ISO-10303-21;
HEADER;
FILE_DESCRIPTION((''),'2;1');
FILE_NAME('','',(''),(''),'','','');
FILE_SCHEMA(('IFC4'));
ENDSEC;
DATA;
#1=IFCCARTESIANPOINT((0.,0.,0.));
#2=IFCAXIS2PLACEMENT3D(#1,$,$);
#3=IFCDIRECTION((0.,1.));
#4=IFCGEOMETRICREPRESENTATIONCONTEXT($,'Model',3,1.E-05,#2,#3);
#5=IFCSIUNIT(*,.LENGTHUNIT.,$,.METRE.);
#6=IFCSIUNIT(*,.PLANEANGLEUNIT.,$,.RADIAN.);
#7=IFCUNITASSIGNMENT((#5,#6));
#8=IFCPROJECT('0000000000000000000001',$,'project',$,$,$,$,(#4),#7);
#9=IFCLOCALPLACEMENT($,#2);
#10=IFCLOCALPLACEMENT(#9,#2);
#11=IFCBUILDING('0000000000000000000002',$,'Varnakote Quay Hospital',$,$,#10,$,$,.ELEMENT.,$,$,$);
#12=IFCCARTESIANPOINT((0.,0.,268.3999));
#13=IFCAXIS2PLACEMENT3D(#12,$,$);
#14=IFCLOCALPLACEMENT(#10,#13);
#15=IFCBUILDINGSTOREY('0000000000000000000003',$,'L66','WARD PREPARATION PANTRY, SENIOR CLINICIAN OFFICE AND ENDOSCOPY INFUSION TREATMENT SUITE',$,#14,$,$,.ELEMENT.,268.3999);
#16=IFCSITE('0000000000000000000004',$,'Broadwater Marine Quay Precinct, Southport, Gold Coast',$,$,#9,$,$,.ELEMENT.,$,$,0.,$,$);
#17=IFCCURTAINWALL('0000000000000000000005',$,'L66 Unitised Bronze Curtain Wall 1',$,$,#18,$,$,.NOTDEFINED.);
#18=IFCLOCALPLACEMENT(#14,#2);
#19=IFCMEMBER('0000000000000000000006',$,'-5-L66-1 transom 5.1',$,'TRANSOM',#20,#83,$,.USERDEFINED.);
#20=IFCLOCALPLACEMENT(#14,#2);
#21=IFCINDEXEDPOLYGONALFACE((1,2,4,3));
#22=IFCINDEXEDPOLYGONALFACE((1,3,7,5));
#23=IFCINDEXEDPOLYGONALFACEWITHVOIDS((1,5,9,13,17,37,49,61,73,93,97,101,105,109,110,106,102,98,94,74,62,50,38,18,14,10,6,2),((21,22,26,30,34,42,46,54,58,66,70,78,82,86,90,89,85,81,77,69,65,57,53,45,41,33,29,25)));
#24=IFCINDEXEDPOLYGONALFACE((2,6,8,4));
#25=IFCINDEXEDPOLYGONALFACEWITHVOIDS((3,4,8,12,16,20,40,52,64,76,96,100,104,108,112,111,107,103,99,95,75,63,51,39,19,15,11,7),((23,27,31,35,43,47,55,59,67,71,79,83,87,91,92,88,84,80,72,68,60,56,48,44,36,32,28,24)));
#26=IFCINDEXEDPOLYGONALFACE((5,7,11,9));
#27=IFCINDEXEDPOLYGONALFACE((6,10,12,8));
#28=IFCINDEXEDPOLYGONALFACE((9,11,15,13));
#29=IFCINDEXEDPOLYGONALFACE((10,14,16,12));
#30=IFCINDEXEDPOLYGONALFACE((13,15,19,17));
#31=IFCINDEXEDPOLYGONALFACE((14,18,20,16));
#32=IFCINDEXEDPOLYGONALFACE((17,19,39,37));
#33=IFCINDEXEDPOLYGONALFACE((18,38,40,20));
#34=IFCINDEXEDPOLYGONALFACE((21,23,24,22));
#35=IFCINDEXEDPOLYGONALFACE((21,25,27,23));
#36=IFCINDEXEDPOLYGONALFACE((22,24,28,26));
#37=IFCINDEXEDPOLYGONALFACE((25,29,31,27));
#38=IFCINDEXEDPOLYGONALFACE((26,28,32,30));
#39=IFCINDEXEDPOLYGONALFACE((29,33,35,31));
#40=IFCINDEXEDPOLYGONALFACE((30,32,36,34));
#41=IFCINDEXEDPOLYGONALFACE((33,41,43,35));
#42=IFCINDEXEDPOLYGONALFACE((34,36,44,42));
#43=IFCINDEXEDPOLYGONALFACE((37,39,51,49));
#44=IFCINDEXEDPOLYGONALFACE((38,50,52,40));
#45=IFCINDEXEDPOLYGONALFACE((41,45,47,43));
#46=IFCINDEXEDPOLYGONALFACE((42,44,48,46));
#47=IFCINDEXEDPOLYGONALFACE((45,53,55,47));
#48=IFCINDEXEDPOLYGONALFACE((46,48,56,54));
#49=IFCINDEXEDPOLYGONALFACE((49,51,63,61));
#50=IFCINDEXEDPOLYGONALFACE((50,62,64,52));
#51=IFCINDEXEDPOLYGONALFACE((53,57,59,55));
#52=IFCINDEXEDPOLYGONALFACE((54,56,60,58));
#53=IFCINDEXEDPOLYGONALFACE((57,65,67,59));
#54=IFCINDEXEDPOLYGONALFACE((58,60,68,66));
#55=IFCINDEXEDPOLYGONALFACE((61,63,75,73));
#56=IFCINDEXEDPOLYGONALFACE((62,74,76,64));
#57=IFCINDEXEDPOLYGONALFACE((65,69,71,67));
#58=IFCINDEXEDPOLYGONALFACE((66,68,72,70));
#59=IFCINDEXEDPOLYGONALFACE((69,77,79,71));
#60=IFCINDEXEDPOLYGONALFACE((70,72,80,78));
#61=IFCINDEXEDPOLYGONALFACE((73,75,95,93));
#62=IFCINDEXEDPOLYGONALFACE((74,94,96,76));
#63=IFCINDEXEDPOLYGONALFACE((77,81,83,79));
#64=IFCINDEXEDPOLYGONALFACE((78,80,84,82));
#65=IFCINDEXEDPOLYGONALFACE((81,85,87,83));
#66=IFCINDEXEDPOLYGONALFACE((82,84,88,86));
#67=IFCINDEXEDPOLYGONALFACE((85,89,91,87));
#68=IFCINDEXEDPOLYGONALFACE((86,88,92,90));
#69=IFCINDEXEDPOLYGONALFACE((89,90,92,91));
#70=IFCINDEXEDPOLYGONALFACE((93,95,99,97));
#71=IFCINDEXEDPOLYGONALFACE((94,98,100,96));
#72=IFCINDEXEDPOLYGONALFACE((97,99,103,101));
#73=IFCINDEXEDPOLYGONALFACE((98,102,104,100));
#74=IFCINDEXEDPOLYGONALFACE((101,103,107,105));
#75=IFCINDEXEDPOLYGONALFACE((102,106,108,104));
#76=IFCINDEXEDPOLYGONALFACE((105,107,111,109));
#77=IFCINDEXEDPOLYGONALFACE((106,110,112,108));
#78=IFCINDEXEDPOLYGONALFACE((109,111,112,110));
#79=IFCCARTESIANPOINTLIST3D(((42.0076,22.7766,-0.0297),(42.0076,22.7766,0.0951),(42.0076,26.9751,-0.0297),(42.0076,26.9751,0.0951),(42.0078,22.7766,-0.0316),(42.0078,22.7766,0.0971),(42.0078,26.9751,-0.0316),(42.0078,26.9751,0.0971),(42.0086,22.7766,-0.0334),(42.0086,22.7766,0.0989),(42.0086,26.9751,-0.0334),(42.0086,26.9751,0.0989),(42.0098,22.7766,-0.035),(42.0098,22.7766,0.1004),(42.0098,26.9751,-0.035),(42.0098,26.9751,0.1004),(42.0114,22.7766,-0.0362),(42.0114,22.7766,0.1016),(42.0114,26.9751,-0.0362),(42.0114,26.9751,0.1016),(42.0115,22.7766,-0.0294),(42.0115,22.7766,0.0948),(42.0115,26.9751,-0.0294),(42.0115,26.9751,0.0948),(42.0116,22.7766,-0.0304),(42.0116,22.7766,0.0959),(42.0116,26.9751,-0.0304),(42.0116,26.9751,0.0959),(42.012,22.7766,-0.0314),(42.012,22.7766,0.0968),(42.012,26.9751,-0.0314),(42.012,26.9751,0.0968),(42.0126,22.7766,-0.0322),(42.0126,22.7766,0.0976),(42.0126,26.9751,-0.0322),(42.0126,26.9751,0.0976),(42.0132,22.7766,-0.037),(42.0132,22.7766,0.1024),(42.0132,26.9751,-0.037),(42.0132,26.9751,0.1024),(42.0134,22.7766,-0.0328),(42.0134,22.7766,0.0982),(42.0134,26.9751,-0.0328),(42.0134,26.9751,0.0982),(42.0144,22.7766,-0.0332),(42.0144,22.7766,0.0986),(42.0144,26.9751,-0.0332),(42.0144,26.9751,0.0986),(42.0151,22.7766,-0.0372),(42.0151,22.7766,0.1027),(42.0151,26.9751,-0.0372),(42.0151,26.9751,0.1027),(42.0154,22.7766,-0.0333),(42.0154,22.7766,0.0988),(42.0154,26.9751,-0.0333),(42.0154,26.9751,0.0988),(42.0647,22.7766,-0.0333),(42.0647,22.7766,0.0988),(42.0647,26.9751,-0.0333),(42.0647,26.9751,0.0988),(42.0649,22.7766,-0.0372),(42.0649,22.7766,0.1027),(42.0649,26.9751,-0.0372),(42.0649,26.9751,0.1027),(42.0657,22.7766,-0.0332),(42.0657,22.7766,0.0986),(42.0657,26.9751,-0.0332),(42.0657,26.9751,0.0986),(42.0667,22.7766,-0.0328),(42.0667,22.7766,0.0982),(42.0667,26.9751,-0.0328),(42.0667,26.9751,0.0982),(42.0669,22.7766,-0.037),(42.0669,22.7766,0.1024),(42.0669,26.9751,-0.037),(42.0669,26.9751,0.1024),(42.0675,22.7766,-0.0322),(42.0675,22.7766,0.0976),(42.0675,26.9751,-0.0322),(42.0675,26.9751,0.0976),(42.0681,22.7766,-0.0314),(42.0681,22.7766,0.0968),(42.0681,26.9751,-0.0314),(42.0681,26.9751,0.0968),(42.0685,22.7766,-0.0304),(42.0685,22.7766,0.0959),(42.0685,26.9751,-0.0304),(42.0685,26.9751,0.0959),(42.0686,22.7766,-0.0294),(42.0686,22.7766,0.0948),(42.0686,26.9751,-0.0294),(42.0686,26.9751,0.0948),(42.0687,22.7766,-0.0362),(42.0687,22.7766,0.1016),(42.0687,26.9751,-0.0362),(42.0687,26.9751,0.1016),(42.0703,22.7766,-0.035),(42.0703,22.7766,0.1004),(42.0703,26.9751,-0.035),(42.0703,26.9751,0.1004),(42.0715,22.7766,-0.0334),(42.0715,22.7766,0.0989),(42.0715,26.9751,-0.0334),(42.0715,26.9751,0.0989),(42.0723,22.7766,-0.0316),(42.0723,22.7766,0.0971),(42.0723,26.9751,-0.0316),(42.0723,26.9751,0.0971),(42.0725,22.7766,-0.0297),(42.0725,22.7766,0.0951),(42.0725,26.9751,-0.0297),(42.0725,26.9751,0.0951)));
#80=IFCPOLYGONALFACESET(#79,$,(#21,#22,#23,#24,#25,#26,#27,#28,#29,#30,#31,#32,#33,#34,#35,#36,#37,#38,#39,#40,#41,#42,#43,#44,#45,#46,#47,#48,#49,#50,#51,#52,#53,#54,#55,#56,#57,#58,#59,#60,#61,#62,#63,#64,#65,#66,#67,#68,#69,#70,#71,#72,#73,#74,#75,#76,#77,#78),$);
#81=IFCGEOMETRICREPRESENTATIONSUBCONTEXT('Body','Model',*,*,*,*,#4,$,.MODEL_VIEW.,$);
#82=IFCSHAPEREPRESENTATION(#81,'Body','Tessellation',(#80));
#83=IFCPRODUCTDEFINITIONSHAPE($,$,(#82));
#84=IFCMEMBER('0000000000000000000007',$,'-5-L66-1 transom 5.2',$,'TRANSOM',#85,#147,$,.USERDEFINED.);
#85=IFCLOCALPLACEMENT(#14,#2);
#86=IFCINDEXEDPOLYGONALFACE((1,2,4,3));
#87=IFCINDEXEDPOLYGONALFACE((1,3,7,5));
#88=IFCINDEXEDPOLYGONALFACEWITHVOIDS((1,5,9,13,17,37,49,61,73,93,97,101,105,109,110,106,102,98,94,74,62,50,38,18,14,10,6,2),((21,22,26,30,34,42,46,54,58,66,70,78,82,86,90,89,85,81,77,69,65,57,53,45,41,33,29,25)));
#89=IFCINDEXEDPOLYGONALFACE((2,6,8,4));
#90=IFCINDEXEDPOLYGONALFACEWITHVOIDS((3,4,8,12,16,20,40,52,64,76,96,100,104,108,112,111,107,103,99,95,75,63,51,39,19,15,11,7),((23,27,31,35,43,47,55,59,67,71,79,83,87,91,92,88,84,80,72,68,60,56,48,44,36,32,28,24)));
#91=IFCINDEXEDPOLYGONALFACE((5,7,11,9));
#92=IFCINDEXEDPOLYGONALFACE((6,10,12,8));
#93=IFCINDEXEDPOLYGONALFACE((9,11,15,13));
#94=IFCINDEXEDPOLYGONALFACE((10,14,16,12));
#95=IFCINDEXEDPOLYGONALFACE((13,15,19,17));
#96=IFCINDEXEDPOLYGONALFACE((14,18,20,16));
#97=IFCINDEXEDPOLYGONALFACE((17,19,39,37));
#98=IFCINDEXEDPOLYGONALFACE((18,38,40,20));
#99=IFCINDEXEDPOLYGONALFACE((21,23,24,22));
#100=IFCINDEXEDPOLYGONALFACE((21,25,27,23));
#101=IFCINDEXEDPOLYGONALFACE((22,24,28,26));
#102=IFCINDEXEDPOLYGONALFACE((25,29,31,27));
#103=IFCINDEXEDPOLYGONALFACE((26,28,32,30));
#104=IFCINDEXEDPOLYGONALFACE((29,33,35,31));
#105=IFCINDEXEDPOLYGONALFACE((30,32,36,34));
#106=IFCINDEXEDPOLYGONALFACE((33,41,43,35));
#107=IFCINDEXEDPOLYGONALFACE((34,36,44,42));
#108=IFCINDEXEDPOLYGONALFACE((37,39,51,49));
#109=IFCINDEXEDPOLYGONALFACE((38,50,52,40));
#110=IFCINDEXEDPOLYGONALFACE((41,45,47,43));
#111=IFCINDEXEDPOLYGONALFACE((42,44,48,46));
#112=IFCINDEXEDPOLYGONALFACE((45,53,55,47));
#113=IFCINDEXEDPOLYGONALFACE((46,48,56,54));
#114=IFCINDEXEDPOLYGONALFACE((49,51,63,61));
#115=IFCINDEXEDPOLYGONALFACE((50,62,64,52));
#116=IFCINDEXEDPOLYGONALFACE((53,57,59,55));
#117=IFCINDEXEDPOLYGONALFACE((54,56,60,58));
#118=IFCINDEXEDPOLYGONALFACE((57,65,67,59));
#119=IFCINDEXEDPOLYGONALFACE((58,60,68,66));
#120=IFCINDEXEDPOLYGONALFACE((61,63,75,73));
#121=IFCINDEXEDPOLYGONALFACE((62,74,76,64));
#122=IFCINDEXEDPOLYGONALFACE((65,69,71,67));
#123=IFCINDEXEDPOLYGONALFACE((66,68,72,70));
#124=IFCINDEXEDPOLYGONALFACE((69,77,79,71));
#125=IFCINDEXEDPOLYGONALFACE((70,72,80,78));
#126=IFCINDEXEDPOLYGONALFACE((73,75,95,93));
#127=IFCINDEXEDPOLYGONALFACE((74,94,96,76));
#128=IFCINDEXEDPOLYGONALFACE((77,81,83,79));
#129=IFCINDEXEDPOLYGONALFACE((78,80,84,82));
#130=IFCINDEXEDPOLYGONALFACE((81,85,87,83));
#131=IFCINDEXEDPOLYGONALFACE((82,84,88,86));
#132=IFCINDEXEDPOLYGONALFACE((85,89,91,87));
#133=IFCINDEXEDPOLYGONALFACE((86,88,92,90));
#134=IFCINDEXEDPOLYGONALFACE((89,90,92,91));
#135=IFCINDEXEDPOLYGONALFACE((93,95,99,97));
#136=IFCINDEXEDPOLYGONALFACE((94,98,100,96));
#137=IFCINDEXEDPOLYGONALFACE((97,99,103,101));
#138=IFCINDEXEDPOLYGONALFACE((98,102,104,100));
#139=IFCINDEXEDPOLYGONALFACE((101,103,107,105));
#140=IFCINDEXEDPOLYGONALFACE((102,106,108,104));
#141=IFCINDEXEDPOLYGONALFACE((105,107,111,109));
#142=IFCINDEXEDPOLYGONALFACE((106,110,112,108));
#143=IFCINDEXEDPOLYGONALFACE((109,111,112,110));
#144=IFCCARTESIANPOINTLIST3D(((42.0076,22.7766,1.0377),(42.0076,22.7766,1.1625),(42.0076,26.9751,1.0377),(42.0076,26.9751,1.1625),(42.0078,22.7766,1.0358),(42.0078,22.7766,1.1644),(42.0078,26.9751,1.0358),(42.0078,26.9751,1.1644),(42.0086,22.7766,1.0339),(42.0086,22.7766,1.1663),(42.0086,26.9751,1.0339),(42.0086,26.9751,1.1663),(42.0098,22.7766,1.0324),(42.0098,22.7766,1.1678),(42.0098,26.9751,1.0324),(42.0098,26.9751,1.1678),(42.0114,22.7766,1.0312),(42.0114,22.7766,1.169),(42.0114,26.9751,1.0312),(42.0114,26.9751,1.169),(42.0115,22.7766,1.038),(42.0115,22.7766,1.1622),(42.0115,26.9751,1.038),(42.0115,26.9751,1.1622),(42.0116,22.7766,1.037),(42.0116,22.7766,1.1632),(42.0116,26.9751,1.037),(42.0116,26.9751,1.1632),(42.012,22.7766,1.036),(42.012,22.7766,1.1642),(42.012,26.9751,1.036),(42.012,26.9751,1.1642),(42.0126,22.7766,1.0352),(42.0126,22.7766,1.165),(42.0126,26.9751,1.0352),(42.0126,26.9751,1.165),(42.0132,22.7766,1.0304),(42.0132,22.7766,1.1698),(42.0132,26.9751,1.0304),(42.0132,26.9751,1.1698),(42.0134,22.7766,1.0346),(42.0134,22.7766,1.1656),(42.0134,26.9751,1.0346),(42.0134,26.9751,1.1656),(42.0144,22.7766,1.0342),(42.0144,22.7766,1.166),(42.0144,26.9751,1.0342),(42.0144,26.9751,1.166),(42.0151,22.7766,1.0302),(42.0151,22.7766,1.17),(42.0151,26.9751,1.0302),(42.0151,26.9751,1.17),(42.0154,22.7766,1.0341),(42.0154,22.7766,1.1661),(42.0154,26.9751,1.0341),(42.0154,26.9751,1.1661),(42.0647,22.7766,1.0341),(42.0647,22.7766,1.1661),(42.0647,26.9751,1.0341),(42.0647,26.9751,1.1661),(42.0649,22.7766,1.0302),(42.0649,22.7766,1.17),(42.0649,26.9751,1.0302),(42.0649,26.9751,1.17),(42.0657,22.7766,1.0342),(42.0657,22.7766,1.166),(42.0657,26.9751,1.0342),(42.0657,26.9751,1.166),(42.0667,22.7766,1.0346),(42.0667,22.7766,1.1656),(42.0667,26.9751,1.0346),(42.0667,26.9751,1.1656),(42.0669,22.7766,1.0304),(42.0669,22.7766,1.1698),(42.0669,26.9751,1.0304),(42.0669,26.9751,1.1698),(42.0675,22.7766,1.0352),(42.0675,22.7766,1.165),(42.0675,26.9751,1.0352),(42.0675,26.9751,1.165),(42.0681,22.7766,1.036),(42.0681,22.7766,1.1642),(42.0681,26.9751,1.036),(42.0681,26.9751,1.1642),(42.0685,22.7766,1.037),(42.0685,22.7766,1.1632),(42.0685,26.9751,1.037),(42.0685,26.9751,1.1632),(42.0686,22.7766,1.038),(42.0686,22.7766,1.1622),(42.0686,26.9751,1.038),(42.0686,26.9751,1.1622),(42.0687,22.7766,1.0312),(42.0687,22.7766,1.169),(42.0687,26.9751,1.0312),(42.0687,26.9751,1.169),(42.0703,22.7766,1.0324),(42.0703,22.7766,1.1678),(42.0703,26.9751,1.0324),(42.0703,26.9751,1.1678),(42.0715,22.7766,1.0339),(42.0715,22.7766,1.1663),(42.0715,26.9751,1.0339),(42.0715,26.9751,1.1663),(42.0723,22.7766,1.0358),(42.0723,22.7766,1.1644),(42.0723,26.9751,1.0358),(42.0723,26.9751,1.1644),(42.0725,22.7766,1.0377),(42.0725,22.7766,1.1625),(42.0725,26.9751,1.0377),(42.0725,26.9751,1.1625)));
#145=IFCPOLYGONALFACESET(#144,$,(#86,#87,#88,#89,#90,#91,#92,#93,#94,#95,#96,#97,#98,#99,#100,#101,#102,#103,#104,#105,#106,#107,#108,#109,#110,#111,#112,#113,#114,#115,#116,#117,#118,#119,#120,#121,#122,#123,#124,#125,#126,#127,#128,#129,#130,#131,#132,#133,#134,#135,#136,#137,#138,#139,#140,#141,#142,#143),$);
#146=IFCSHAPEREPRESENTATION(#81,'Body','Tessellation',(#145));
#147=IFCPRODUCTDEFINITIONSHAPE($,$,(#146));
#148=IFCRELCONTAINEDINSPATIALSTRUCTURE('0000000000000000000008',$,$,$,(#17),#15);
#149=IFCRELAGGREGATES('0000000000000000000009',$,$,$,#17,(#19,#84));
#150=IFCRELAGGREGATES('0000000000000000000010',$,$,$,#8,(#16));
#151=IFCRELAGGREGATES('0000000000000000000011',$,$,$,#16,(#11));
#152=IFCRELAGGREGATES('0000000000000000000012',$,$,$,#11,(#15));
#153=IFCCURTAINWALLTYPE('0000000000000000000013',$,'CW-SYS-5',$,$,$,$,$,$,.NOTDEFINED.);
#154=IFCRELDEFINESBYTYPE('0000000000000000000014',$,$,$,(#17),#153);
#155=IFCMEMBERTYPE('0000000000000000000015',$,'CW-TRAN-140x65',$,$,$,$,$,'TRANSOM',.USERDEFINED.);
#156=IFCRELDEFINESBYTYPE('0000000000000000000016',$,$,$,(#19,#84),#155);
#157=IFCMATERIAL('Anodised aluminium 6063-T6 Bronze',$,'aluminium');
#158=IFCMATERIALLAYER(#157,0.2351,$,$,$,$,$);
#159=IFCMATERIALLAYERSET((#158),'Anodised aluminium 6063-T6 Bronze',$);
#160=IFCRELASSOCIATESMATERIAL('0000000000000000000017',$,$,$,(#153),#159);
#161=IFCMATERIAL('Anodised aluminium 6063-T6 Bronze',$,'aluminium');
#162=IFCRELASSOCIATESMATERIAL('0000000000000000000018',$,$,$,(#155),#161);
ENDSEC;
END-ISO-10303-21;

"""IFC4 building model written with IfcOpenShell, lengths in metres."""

from ifc_helpers import new_model, si_unit, direction, frame, origin, origin_2d, place, context, subcontext, project, spatial, hollow_rectangle, extrude, material, layer, layer_set, material_profile, profile_set, type_object, element, aggregate, save


model = new_model("IFC4")

# Units and contexts
model_context = context("Model", 3, precision=1e-05, world=origin(), true_north=direction((0.0, 1.0)))
body_context = subcontext(model_context, "Body", "Model", "MODEL_VIEW")
ifc_project = project(units=[si_unit("LENGTHUNIT", "METRE"), si_unit("PLANEANGLEUNIT", "RADIAN")], contexts=[model_context])

# Site, building, storey
site_placement = place(None, origin())
site = spatial("IfcSite", under=ifc_project, at=site_placement, Name="Broadwater Marine Quay Precinct, Southport, Gold Coast", CompositionType="ELEMENT", RefElevation=0.0)
building_placement = place(site_placement, origin())
building = spatial("IfcBuilding", under=site, at=building_placement, Name="Varnakote Quay Hospital", CompositionType="ELEMENT")
storey_placement = place(building_placement, frame((0.0, 0.0, 268.3999)))
storey = spatial("IfcBuildingStorey", under=building, at=storey_placement, Name="L66", Description="WARD PREPARATION PANTRY, SENIOR CLINICIAN OFFICE AND ENDOSCOPY INFUSION TREATMENT SUITE", CompositionType="ELEMENT", Elevation=268.3999)

# Curtain wall
ifc_material_1 = material(Name="Anodised aluminium 6063-T6 Bronze", Category="aluminium")
ifc_layer_1 = layer(ifc_material_1, 0.2351)
ifc_layer_set_1 = layer_set([ifc_layer_1], Name="Anodised aluminium 6063-T6 Bronze")
curtain_wall_type = type_object("IfcCurtainWallType", Name="CW-SYS-5", PredefinedType="NOTDEFINED", material=ifc_layer_set_1)
curtain_wall_1_placement = place(storey_placement, origin())
curtain_wall_1 = element("IfcCurtainWall", 1, at=curtain_wall_1_placement, inside=storey, type_object=curtain_wall_type, Name="L66 Unitised Bronze Curtain Wall 1", PredefinedType="NOTDEFINED")

# Members
ifc_material_2 = material(Name="Anodised aluminium 6063-T6 Bronze", Category="aluminium")
ifc_material_profile_1 = material_profile(ifc_material_2, hollow_rectangle(XDim=0.0649, YDim=0.1399, WallThickness=0.0039, InnerFilletRadius=0.0039, OuterFilletRadius=0.0076, at=origin_2d()), Name="CW-TRAN-140x65")
ifc_profile_set_1 = profile_set([ifc_material_profile_1], Name="Anodised aluminium 6063-T6 Bronze")
member_type_1 = type_object("IfcMemberType", Name="CW-TRAN-140x65", ElementType="TRANSOM", PredefinedType="USERDEFINED", material=ifc_profile_set_1)
member_1_placement = place(storey_placement, frame((42.04, 22.7766, 0.0327), z_axis=(0.0, 1.0, 0.0), x_axis=(-1.0, 0.0, 0.0)))
member_1 = element("IfcMember", 2, at=member_1_placement, type_object=member_type_1, Name="-5-L66-1 transom 5.1", ObjectType="TRANSOM", PredefinedType="USERDEFINED", context=body_context, shape_type="SweptSolid", body=[
    extrude(hollow_rectangle(XDim=0.0649, YDim=0.1399, WallThickness=0.0039, InnerFilletRadius=0.0039, OuterFilletRadius=0.0076, at=origin_2d()), origin(), (0.0, 0.0, 1.0), 4.1985),
])
member_2_placement = place(storey_placement, frame((42.04, 22.7766, 1.1001), z_axis=(0.0, 1.0, 0.0), x_axis=(-1.0, 0.0, 0.0)))
member_2 = element("IfcMember", 3, at=member_2_placement, type_object=member_type_1, Name="-5-L66-1 transom 5.2", ObjectType="TRANSOM", PredefinedType="USERDEFINED", context=body_context, shape_type="SweptSolid", body=[
    extrude(hollow_rectangle(XDim=0.0649, YDim=0.1399, WallThickness=0.0039, InnerFilletRadius=0.0039, OuterFilletRadius=0.0076, at=origin_2d()), origin(), (0.0, 0.0, 1.0), 4.1985),
])

aggregate(curtain_wall_1, [member_1, member_2])

save(model, "model.ifc")
